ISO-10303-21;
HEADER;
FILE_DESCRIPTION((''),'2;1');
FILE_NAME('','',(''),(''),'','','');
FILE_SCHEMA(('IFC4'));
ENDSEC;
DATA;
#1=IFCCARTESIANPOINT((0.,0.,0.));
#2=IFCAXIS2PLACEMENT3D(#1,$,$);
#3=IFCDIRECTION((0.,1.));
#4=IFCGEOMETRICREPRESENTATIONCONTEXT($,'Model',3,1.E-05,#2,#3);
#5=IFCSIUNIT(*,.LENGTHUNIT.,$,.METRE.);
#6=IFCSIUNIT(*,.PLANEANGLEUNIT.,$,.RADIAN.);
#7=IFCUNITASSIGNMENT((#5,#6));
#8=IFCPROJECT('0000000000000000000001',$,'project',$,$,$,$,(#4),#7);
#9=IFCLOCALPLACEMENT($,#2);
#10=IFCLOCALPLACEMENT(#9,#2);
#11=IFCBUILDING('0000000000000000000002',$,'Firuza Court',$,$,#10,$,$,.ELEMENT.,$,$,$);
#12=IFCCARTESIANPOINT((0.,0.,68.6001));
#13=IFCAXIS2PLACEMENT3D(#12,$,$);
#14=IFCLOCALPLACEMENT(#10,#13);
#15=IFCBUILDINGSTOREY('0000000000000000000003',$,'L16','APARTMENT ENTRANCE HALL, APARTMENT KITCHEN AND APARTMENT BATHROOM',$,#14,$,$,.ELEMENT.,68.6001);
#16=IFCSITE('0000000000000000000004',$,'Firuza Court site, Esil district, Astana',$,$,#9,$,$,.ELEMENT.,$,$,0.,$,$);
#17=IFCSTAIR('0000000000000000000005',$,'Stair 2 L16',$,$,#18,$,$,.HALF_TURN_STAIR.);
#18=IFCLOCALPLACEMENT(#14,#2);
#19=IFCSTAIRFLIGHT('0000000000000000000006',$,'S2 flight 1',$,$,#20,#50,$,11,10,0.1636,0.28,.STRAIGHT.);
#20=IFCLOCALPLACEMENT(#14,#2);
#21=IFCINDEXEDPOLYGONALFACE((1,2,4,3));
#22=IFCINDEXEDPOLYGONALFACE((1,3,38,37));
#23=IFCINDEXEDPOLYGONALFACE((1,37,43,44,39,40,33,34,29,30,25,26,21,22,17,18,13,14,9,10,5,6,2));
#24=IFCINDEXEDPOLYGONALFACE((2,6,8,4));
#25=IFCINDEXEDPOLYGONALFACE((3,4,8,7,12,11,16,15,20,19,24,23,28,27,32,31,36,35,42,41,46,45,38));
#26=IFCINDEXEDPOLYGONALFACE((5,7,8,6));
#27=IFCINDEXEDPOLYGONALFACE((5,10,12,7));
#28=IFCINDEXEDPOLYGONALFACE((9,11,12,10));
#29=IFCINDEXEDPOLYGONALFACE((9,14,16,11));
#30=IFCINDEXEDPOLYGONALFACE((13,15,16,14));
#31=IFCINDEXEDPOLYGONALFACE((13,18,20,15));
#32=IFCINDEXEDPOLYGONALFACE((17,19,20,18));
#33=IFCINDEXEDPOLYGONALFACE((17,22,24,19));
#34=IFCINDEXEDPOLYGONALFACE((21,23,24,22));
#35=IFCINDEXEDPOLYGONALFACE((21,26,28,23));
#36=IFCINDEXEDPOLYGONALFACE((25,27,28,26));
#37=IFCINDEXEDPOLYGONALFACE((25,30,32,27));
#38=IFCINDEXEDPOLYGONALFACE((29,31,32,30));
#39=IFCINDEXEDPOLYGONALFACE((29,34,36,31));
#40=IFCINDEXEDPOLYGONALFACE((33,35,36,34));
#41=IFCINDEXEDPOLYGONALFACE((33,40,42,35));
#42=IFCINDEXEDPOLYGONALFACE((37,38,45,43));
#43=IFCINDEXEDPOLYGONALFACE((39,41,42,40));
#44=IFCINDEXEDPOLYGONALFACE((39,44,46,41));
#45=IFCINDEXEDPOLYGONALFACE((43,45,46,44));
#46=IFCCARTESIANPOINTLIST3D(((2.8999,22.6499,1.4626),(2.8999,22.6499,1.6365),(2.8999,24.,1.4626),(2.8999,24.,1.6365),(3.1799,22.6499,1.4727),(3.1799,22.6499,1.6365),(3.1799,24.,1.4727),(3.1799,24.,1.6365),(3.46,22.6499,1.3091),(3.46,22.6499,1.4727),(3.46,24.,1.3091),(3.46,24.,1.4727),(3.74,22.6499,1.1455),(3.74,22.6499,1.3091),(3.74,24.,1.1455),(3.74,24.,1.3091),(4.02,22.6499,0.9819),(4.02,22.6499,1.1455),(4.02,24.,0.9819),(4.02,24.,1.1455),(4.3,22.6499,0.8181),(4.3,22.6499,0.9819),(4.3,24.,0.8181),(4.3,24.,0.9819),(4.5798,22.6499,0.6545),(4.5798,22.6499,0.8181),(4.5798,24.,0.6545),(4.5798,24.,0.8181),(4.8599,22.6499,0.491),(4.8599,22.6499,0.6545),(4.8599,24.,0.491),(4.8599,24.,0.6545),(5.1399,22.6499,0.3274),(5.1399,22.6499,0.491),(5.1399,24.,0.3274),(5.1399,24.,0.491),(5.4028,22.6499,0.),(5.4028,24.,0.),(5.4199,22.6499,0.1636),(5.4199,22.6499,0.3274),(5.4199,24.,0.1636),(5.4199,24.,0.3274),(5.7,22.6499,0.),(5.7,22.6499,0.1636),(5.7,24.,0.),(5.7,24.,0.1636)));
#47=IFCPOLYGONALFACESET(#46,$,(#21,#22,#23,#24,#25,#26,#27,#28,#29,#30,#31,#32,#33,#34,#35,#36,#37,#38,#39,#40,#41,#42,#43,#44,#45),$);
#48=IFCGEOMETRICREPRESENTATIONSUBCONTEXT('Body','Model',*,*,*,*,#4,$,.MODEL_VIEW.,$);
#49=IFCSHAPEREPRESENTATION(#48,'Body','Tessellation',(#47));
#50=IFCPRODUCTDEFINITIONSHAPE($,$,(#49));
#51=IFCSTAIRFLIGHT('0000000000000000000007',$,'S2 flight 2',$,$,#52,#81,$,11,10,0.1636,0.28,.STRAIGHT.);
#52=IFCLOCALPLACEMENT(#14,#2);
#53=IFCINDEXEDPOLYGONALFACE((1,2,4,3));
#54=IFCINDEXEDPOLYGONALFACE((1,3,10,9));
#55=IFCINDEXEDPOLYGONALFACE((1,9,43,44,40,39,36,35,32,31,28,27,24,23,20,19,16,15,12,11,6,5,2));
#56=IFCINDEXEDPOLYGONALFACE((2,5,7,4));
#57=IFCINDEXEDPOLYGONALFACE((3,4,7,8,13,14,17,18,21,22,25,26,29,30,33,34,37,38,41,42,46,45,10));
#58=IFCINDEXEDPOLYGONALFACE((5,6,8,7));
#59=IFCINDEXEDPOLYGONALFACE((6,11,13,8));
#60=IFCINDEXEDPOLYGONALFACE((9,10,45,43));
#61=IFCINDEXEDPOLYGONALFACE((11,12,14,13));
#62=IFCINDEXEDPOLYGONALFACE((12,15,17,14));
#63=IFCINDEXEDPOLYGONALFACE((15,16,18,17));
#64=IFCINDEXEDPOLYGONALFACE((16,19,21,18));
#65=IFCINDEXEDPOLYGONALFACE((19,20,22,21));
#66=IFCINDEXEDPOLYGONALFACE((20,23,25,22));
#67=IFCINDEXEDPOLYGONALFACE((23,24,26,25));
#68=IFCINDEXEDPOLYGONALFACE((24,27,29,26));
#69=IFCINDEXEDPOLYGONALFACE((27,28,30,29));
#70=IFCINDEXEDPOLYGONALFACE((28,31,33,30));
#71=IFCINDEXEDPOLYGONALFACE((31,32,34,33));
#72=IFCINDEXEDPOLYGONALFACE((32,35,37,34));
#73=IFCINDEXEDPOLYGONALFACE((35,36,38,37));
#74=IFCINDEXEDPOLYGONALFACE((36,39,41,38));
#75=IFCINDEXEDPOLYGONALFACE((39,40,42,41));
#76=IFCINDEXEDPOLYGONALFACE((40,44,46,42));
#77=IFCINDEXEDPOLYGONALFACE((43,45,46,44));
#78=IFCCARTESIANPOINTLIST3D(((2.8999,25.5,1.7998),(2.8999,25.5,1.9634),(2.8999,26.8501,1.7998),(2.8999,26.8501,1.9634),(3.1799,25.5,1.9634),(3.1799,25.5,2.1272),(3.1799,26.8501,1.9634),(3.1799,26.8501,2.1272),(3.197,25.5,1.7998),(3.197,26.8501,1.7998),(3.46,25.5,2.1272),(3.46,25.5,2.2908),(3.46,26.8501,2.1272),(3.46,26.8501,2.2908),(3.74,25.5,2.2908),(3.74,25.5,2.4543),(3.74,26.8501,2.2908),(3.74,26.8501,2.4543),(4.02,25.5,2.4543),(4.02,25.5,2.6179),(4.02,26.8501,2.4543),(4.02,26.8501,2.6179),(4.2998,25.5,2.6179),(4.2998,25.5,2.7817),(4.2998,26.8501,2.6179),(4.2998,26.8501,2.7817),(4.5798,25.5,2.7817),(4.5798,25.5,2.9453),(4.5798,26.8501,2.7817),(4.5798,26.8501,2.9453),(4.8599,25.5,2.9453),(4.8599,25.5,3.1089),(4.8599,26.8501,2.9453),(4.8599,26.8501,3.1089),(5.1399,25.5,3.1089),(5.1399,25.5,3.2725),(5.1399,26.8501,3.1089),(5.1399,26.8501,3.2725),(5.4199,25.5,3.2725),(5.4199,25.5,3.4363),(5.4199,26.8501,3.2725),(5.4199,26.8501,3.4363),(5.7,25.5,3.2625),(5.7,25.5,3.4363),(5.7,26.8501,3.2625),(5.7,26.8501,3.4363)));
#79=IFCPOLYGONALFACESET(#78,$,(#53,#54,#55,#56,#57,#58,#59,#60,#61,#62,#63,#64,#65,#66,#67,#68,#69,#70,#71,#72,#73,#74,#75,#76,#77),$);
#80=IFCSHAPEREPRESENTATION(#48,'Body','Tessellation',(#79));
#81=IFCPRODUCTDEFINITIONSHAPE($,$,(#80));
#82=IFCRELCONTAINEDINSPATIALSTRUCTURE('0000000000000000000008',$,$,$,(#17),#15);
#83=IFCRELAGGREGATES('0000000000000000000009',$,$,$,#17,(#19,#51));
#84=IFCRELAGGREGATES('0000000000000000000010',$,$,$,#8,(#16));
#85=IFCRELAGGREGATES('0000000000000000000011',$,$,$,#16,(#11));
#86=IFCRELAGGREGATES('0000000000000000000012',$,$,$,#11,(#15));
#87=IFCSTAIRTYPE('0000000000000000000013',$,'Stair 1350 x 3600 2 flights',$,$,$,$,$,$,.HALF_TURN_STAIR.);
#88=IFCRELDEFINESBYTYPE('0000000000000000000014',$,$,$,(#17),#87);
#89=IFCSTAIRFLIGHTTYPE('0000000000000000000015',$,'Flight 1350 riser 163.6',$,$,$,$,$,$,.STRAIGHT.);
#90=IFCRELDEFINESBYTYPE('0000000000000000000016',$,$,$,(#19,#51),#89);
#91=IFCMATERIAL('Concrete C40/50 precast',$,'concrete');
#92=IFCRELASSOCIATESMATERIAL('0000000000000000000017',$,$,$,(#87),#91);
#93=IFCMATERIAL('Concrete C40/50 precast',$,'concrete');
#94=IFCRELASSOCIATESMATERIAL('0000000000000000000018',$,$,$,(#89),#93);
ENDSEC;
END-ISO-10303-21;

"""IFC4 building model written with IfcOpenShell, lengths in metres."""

from ifc_helpers import new_model, si_unit, direction, frame, origin, place, context, subcontext, project, spatial, polyline, outline, extrude, material, type_object, element, aggregate, save


model = new_model("IFC4")

# Units and contexts
model_context = context("Model", 3, precision=1e-05, world=origin(), true_north=direction((0.0, 1.0)))
body_context = subcontext(model_context, "Body", "Model", "MODEL_VIEW")
ifc_project = project(units=[si_unit("LENGTHUNIT", "METRE"), si_unit("PLANEANGLEUNIT", "RADIAN")], contexts=[model_context])

# Site, building, storey
site_placement = place(None, origin())
site = spatial("IfcSite", under=ifc_project, at=site_placement, Name="Firuza Court site, Esil district, Astana", CompositionType="ELEMENT", RefElevation=0.0)
building_placement = place(site_placement, origin())
building = spatial("IfcBuilding", under=site, at=building_placement, Name="Firuza Court", CompositionType="ELEMENT")
storey_placement = place(building_placement, frame((0.0, 0.0, 68.6001)))
storey = spatial("IfcBuildingStorey", under=building, at=storey_placement, Name="L16", Description="APARTMENT ENTRANCE HALL, APARTMENT KITCHEN AND APARTMENT BATHROOM", CompositionType="ELEMENT", Elevation=68.6001)

# Stair, stair flights
ifc_material_1 = material(Name="Concrete C40/50 precast", Category="concrete")
stair_type = type_object("IfcStairType", Name="Stair 1350 x 3600 2 flights", PredefinedType="HALF_TURN_STAIR", material=ifc_material_1)
stair_placement = place(storey_placement, origin())
stair = element("IfcStair", 1, at=stair_placement, inside=storey, type_object=stair_type, Name="Stair 2 L16", PredefinedType="HALF_TURN_STAIR")
ifc_material_2 = material(Name="Concrete C40/50 precast", Category="concrete")
stair_flight_type = type_object("IfcStairFlightType", Name="Flight 1350 riser 163.6", PredefinedType="STRAIGHT", material=ifc_material_2)
stair_flight_1_placement = place(storey_placement, frame((5.7, 23.325, 0.0), z_axis=(0.0, 0.0, 1.0), x_axis=(-1.0, 0.0, 0.0)))
stair_flight_1 = element("IfcStairFlight", 2, at=stair_flight_1_placement, type_object=stair_flight_type, Name="S2 flight 1", NumberOfRisers=11, NumberOfTreads=10, PredefinedType="STRAIGHT", RiserHeight=0.1636, TreadLength=0.28, context=body_context, shape_type="SweptSolid", body=[
    extrude(outline(polyline([(0.0, 0.0), (0.0, 0.1636), (0.28, 0.1636), (0.28, 0.3274), (0.5601, 0.3274), (0.5601, 0.491), (0.8401, 0.491), (0.8401, 0.6545), (1.1201, 0.6545), (1.1201, 0.8181), (1.3999, 0.8181), (1.3999, 0.9819), (1.6799, 0.9819), (1.6799, 1.1455), (1.96, 1.1455), (1.96, 1.3091), (2.24, 1.3091), (2.24, 1.4727), (2.52, 1.4727), (2.52, 1.6365), (2.8, 1.6365), (2.8, 1.8), (2.8, 1.4626), (0.2971, 0.0), (0.0, 0.0)])), frame((0.0, 0.675, 0.0), z_axis=(0.0, -1.0, 0.0), x_axis=(1.0, 0.0, 0.0)), (0.0, 0.0, 1.0), 1.3501),
])
stair_flight_2_placement = place(storey_placement, frame((2.8999, 26.175, 1.7998), z_axis=(0.0, 0.0, 1.0), x_axis=(1.0, 0.0, 0.0)))
stair_flight_2 = element("IfcStairFlight", 3, at=stair_flight_2_placement, type_object=stair_flight_type, Name="S2 flight 2", NumberOfRisers=11, NumberOfTreads=10, PredefinedType="STRAIGHT", RiserHeight=0.1636, TreadLength=0.28, context=body_context, shape_type="SweptSolid", body=[
    extrude(outline(polyline([(0.0, 0.0), (0.0, 0.1636), (0.28, 0.1636), (0.28, 0.3274), (0.5601, 0.3274), (0.5601, 0.491), (0.8401, 0.491), (0.8401, 0.6545), (1.1201, 0.6545), (1.1201, 0.8181), (1.3999, 0.8181), (1.3999, 0.9819), (1.6799, 0.9819), (1.6799, 1.1455), (1.96, 1.1455), (1.96, 1.3091), (2.24, 1.3091), (2.24, 1.4727), (2.52, 1.4727), (2.52, 1.6365), (2.8, 1.6365), (2.8, 1.8), (2.8, 1.4626), (0.2971, 0.0), (0.0, 0.0)])), frame((0.0, 0.675, 0.0), z_axis=(0.0, -1.0, 0.0), x_axis=(1.0, 0.0, 0.0)), (0.0, 0.0, 1.0), 1.3501),
])
aggregate(stair, [stair_flight_1, stair_flight_2])

save(model, "model.ifc")
